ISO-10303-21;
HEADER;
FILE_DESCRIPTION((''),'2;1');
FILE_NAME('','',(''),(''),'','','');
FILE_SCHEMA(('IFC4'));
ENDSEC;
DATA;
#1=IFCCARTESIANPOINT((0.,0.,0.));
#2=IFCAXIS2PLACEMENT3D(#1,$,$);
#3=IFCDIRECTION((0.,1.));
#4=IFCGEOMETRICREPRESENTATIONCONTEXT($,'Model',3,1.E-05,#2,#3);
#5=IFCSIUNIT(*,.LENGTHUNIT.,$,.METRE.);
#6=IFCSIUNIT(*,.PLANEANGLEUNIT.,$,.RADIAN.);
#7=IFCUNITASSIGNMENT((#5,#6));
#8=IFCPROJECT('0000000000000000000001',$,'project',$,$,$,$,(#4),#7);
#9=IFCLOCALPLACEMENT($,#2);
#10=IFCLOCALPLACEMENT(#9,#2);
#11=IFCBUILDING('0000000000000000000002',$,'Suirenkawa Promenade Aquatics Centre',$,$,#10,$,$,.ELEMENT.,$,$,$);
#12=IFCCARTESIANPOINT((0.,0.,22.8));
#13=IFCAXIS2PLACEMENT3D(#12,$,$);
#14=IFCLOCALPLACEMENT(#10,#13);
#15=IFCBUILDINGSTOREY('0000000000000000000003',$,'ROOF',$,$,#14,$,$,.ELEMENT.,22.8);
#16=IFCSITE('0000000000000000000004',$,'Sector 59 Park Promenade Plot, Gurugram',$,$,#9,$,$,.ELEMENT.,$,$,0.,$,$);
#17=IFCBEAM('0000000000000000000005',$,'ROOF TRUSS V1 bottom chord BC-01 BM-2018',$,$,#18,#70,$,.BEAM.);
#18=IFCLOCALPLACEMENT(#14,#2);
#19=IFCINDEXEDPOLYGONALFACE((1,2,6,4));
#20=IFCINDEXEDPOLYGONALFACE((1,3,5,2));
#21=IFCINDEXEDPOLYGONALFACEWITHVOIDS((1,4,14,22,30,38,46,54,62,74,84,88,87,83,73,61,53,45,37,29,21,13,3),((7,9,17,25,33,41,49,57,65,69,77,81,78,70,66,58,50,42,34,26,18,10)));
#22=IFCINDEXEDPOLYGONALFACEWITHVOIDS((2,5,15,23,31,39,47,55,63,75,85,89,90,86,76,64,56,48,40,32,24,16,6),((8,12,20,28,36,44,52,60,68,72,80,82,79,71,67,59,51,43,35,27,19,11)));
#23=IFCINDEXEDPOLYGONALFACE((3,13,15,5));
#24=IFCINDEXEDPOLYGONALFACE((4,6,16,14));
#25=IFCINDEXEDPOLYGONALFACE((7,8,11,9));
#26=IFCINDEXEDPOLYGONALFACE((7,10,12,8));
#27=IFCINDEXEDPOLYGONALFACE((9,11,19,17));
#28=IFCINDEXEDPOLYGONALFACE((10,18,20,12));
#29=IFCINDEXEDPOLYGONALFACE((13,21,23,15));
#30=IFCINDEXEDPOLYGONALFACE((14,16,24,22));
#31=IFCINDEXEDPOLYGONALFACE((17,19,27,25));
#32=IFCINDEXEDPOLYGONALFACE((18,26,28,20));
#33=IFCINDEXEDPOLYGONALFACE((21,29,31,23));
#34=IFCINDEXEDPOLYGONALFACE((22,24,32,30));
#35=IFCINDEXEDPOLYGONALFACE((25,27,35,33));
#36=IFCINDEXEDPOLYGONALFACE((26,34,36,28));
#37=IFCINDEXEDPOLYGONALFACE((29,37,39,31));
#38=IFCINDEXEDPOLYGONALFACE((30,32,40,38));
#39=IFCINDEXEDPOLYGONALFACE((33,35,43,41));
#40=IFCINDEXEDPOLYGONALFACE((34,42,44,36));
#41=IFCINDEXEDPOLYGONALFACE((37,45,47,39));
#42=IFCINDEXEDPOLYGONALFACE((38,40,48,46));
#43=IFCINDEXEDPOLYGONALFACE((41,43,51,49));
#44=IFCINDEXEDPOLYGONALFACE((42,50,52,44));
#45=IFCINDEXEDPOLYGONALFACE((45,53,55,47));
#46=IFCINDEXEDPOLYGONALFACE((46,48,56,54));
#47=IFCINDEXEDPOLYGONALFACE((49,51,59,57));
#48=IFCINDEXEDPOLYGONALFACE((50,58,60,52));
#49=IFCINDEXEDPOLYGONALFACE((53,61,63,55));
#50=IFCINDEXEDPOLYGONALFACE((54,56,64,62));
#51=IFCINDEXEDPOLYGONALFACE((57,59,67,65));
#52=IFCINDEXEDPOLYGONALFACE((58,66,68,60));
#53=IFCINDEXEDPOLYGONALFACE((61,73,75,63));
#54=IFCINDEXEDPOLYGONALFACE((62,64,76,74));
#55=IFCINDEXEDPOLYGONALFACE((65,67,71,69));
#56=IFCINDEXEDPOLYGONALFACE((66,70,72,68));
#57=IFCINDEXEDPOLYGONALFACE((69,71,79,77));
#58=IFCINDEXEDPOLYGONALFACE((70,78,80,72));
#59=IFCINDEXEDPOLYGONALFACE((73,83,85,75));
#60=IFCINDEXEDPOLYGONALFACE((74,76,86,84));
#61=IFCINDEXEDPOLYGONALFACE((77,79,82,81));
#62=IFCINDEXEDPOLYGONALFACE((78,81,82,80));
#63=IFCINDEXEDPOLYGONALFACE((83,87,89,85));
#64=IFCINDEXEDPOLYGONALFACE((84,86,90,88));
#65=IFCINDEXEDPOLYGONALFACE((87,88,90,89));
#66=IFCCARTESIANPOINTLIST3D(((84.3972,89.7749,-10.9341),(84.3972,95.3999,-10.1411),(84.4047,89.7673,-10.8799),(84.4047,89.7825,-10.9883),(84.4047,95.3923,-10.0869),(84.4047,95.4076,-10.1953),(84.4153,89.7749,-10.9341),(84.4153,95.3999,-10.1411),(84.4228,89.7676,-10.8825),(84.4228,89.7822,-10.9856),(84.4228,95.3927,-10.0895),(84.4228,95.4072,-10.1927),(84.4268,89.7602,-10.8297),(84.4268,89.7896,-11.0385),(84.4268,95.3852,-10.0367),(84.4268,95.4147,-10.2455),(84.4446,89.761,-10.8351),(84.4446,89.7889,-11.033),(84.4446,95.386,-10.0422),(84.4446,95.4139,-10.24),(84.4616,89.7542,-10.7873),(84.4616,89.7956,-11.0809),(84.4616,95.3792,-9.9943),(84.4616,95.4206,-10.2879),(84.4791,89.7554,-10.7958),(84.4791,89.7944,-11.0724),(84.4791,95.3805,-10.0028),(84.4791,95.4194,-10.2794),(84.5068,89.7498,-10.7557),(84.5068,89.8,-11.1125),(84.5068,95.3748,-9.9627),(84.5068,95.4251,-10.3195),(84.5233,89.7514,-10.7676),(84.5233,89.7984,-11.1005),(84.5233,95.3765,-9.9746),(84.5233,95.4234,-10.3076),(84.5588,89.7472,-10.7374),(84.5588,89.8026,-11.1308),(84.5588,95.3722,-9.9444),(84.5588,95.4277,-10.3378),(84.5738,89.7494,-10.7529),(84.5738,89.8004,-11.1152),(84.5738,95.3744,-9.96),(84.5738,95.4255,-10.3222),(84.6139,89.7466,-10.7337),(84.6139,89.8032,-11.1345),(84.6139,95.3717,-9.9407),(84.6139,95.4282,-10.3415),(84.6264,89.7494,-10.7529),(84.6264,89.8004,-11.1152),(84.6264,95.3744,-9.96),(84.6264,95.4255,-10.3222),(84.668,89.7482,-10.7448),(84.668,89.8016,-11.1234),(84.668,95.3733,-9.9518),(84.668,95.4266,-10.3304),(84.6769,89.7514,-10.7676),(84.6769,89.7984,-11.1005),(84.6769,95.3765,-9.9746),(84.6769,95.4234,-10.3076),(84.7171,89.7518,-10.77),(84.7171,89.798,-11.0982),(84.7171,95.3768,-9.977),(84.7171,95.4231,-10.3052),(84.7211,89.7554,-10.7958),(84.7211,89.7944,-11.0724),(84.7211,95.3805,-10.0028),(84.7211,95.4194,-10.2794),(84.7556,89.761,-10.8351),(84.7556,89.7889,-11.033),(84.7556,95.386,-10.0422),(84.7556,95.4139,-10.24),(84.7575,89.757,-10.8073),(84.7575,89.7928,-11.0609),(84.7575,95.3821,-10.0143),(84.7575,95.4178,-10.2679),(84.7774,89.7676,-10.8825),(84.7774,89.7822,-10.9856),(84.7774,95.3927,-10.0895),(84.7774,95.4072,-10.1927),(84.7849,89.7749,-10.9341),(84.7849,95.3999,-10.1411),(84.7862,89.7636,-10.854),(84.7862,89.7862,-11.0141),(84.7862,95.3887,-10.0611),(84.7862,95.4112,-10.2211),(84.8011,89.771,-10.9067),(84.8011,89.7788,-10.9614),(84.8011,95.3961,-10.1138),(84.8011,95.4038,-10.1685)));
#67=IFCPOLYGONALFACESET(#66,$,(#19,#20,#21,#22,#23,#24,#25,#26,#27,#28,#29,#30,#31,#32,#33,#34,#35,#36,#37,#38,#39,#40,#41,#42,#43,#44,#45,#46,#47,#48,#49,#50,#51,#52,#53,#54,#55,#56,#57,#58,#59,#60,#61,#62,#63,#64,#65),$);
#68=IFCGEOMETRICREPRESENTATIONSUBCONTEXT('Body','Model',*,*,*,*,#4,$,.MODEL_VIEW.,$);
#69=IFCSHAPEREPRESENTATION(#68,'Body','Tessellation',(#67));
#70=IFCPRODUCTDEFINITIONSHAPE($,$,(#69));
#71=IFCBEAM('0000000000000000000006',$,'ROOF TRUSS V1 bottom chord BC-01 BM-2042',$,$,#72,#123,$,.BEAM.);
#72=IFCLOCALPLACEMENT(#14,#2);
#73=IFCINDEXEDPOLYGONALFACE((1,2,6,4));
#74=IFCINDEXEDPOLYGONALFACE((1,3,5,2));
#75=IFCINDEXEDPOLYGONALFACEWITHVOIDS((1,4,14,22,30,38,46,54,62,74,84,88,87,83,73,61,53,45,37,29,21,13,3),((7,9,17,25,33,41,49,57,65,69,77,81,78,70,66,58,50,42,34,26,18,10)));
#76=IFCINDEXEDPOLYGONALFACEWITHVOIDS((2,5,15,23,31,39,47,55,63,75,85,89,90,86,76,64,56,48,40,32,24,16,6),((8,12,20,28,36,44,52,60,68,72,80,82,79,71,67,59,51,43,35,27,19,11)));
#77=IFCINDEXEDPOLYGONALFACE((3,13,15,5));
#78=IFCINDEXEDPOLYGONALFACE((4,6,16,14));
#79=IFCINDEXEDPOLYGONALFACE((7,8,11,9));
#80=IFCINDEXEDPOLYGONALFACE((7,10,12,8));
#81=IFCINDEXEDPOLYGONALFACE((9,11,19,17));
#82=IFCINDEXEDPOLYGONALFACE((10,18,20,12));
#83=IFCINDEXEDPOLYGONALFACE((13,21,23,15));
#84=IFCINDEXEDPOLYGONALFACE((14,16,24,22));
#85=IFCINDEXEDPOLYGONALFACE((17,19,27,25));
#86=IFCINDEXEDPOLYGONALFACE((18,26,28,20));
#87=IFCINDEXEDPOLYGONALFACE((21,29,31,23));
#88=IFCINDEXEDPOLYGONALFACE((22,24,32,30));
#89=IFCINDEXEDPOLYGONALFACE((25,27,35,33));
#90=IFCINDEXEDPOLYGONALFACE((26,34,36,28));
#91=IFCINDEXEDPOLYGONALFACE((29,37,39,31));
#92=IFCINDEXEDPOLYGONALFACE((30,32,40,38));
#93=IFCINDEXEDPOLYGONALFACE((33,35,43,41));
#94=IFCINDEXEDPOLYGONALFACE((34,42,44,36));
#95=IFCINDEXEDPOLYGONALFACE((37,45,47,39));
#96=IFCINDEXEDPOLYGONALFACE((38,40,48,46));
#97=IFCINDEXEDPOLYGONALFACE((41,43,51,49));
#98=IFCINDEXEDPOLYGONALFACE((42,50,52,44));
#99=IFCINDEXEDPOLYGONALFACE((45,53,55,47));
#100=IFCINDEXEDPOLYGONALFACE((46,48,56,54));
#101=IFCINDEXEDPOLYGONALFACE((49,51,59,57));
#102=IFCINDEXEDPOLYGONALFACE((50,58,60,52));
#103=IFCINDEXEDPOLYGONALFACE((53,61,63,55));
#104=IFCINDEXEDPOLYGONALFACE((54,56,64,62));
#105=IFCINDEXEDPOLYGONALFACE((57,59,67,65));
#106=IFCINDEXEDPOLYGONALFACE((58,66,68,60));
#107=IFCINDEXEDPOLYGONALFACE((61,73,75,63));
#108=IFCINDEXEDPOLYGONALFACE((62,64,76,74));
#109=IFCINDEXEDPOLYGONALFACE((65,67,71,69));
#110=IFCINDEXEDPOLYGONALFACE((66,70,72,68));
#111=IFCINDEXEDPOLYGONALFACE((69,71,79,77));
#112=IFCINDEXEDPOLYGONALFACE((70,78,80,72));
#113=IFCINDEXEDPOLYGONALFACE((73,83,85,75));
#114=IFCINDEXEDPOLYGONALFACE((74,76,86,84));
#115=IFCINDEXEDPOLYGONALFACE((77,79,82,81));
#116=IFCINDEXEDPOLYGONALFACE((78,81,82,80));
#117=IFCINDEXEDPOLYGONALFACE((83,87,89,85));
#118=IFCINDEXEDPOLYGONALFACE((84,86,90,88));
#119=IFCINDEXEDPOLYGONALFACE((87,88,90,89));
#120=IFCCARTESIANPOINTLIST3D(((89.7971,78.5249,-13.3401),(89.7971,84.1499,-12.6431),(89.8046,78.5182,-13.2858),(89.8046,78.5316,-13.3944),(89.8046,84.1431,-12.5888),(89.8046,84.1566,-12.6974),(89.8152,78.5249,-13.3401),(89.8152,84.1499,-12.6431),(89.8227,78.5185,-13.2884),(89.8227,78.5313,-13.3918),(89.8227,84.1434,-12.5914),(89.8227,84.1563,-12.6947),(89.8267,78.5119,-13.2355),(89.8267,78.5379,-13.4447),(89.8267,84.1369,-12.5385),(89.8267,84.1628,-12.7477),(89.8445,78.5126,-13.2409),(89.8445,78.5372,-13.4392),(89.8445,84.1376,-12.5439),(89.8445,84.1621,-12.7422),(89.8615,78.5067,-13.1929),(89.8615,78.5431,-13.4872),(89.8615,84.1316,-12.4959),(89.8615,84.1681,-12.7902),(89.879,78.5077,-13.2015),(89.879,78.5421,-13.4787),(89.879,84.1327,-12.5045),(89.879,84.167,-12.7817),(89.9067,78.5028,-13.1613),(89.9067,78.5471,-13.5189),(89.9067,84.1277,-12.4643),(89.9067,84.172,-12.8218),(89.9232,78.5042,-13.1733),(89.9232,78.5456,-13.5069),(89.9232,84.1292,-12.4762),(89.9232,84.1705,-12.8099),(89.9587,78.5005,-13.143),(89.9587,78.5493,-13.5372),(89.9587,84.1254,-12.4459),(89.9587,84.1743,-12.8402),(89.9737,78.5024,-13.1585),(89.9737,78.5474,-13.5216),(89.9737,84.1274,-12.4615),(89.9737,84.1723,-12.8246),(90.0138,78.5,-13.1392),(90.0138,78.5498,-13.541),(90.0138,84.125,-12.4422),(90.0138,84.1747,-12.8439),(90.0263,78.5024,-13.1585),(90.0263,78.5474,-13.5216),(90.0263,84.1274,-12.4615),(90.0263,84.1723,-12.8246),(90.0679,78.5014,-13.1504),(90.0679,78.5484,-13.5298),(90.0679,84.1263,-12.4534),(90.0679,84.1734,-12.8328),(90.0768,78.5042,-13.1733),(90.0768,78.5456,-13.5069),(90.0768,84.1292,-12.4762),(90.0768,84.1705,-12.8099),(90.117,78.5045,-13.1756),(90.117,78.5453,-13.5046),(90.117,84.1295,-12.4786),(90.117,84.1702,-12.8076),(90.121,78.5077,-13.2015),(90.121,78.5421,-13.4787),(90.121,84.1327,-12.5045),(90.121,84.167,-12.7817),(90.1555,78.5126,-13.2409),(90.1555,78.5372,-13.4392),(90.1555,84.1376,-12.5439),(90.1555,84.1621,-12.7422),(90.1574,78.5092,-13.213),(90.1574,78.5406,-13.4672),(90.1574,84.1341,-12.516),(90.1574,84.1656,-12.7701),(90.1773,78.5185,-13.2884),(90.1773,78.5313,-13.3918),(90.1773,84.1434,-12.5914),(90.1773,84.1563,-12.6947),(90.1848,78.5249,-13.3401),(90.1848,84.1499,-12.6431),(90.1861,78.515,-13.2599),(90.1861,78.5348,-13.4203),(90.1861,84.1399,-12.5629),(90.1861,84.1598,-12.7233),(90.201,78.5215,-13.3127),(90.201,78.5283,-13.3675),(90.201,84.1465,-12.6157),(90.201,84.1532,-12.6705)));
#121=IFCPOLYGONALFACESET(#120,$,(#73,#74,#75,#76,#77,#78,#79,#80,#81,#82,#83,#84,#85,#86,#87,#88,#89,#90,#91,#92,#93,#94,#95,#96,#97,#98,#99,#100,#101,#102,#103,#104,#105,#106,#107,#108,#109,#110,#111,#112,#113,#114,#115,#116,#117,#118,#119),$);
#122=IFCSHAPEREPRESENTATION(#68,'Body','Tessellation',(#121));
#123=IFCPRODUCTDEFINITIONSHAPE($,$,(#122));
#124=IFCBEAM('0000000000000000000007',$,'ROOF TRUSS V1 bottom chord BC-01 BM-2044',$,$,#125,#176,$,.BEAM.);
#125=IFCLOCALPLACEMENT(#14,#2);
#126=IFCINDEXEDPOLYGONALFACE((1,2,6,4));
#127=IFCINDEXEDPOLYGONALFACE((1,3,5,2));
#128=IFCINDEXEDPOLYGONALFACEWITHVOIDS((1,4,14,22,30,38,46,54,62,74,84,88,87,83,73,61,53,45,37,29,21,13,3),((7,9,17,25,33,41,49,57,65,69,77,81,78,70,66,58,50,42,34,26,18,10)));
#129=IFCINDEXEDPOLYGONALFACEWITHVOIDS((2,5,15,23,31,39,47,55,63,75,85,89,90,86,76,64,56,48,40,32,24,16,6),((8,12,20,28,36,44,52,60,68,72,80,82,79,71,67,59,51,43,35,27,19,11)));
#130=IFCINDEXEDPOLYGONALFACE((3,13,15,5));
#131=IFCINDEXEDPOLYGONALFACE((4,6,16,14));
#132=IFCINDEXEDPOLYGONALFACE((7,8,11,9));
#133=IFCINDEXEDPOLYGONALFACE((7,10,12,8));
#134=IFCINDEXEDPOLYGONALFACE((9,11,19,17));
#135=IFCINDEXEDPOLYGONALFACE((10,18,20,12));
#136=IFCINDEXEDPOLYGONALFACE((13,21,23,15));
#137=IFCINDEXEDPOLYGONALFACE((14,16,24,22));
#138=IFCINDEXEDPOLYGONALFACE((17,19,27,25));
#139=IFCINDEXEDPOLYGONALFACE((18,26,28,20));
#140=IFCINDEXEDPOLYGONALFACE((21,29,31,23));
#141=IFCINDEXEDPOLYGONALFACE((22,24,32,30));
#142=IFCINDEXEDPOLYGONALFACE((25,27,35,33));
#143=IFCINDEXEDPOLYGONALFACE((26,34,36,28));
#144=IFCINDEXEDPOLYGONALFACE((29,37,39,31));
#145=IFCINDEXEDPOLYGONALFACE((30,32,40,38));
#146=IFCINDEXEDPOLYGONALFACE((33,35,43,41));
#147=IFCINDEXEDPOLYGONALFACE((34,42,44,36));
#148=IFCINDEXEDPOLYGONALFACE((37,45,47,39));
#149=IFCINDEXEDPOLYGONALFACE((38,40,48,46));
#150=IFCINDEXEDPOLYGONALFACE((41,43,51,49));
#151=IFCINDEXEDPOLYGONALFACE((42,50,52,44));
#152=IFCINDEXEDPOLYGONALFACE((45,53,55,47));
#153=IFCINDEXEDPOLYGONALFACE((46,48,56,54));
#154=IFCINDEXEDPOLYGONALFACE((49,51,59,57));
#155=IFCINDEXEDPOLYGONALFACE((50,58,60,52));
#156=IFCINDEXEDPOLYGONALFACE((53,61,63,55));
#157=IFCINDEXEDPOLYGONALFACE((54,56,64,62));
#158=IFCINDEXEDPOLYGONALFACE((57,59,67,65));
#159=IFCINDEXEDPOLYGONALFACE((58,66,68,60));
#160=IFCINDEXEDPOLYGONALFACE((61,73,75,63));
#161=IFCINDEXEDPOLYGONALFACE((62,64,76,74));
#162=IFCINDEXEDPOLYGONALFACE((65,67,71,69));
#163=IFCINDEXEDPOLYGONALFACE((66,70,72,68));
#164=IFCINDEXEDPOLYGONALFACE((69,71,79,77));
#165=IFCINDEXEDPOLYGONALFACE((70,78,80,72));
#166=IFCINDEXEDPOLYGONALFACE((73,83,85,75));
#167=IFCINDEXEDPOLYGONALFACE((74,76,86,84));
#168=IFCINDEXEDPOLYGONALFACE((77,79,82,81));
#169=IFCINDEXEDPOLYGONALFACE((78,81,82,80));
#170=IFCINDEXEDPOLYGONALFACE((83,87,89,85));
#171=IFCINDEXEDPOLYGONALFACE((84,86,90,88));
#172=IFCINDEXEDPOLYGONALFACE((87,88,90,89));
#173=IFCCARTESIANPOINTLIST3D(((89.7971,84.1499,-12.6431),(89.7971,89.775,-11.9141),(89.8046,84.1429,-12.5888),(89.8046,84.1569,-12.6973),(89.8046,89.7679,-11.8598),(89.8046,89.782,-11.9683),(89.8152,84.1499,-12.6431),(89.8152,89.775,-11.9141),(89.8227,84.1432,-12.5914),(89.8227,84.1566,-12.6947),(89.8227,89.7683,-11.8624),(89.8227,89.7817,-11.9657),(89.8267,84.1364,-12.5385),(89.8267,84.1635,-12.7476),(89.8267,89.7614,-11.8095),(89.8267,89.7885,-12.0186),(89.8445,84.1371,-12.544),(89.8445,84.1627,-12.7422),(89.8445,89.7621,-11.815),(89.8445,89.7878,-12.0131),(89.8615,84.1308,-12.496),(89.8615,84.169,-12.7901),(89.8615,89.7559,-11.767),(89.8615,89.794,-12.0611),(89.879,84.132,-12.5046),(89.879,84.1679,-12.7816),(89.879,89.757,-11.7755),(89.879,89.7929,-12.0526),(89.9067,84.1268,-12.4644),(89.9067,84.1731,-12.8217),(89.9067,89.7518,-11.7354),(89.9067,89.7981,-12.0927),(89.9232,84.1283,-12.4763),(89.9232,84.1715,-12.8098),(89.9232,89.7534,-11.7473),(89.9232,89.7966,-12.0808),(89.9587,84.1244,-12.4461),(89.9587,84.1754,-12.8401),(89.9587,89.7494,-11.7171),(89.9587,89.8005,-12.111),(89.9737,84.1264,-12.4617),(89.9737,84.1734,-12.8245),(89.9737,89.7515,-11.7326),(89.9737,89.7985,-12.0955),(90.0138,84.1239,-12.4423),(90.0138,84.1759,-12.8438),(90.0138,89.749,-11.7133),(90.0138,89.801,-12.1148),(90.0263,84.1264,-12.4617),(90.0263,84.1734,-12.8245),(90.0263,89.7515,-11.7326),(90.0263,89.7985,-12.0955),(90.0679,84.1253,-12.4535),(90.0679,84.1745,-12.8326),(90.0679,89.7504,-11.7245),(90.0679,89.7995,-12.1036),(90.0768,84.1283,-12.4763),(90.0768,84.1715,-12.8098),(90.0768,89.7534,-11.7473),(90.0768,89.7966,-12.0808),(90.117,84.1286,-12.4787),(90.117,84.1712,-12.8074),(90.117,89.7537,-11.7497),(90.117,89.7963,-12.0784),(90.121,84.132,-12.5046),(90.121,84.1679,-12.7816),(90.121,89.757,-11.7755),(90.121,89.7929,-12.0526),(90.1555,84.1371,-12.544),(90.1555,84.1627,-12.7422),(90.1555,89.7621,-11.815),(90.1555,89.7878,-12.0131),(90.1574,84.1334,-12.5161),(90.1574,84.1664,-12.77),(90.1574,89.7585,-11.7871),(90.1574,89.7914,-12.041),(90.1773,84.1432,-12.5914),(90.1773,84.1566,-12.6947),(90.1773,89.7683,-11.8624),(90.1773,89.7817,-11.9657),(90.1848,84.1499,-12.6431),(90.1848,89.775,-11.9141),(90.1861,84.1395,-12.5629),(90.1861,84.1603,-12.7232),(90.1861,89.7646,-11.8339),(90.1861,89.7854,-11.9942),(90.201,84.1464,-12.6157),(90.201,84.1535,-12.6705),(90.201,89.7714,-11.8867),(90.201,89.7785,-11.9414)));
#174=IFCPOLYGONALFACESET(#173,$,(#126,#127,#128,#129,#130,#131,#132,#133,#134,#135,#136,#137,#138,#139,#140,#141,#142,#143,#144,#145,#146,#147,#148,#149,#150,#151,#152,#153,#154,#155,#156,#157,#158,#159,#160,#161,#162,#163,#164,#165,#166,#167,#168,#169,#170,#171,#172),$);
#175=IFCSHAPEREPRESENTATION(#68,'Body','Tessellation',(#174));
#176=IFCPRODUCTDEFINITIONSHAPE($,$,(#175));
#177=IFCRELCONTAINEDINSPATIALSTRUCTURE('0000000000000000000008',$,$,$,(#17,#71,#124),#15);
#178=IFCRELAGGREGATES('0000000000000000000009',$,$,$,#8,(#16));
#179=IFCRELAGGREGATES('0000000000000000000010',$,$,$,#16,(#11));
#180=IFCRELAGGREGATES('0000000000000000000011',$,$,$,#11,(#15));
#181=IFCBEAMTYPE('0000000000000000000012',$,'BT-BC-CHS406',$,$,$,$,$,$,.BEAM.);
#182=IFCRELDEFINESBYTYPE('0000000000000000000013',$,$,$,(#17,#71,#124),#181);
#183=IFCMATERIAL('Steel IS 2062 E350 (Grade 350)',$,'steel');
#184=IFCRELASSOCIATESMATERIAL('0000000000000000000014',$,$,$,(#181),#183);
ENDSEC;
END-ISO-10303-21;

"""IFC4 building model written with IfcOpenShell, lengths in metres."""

from ifc_helpers import new_model, si_unit, direction, frame, origin, origin_2d, place, context, subcontext, project, spatial, hollow_circle, extrude, material, material_profile, profile_set, type_object, element, save


model = new_model("IFC4")

# Units and contexts
model_context = context("Model", 3, precision=1e-05, world=origin(), true_north=direction((0.0, 1.0)))
body_context = subcontext(model_context, "Body", "Model", "MODEL_VIEW")
ifc_project = project(units=[si_unit("LENGTHUNIT", "METRE"), si_unit("PLANEANGLEUNIT", "RADIAN")], contexts=[model_context])

# Site, building, storey
site_placement = place(None, origin())
site = spatial("IfcSite", under=ifc_project, at=site_placement, Name="Sector 59 Park Promenade Plot, Gurugram", CompositionType="ELEMENT", RefElevation=0.0)
building_placement = place(site_placement, origin())
building = spatial("IfcBuilding", under=site, at=building_placement, Name="Suirenkawa Promenade Aquatics Centre", CompositionType="ELEMENT")
storey_placement = place(building_placement, frame((0.0, 0.0, 22.8)))
storey = spatial("IfcBuildingStorey", under=building, at=storey_placement, Name="ROOF", CompositionType="ELEMENT", Elevation=22.8)

# Beams
ifc_material = material(Name="Steel IS 2062 E350 (Grade 350)", Category="steel")
ifc_material_profile_1 = material_profile(ifc_material, hollow_circle(Radius=0.2029, WallThickness=0.0181, at=origin_2d()), Name="CHS 406x18", Category="steel")
ifc_profile_set_1 = profile_set([ifc_material_profile_1], Name="Steel IS 2062 E350 (Grade 350)")
beam_type_1 = type_object("IfcBeamType", Name="BT-BC-CHS406", PredefinedType="BEAM", material=ifc_profile_set_1)
beam_1_placement = place(storey_placement, frame((84.6001, 89.7749, -10.9341), z_axis=(0.0, 0.990209, 0.139592), x_axis=(-1.0, 0.0, 0.0)))
element("IfcBeam", 1, at=beam_1_placement, inside=storey, type_object=beam_type_1, Name="ROOF TRUSS V1 bottom chord BC-01 BM-2018", PredefinedType="BEAM", context=body_context, shape_type="SweptSolid", body=[
    extrude(hollow_circle(Radius=0.2029, WallThickness=0.0181, at=origin_2d()), origin(), (0.0, 0.0, 1.0), 5.6807),
])
beam_2_placement = place(storey_placement, frame((90.0, 78.5249, -13.3401), z_axis=(0.0, 0.99241, 0.122974), x_axis=(-1.0, 0.0, 0.0)))
element("IfcBeam", 2, at=beam_2_placement, inside=storey, type_object=beam_type_1, Name="ROOF TRUSS V1 bottom chord BC-01 BM-2042", PredefinedType="BEAM", context=body_context, shape_type="SweptSolid", body=[
    extrude(hollow_circle(Radius=0.2029, WallThickness=0.0181, at=origin_2d()), origin(), (0.0, 0.0, 1.0), 5.668),
])
beam_3_placement = place(storey_placement, frame((90.0, 84.1499, -12.6431), z_axis=(0.0, 0.991706, 0.128526), x_axis=(-1.0, 0.0, 0.0)))
element("IfcBeam", 3, at=beam_3_placement, inside=storey, type_object=beam_type_1, Name="ROOF TRUSS V1 bottom chord BC-01 BM-2044", PredefinedType="BEAM", context=body_context, shape_type="SweptSolid", body=[
    extrude(hollow_circle(Radius=0.2029, WallThickness=0.0181, at=origin_2d()), origin(), (0.0, 0.0, 1.0), 5.6721),
])

save(model, "model.ifc")
